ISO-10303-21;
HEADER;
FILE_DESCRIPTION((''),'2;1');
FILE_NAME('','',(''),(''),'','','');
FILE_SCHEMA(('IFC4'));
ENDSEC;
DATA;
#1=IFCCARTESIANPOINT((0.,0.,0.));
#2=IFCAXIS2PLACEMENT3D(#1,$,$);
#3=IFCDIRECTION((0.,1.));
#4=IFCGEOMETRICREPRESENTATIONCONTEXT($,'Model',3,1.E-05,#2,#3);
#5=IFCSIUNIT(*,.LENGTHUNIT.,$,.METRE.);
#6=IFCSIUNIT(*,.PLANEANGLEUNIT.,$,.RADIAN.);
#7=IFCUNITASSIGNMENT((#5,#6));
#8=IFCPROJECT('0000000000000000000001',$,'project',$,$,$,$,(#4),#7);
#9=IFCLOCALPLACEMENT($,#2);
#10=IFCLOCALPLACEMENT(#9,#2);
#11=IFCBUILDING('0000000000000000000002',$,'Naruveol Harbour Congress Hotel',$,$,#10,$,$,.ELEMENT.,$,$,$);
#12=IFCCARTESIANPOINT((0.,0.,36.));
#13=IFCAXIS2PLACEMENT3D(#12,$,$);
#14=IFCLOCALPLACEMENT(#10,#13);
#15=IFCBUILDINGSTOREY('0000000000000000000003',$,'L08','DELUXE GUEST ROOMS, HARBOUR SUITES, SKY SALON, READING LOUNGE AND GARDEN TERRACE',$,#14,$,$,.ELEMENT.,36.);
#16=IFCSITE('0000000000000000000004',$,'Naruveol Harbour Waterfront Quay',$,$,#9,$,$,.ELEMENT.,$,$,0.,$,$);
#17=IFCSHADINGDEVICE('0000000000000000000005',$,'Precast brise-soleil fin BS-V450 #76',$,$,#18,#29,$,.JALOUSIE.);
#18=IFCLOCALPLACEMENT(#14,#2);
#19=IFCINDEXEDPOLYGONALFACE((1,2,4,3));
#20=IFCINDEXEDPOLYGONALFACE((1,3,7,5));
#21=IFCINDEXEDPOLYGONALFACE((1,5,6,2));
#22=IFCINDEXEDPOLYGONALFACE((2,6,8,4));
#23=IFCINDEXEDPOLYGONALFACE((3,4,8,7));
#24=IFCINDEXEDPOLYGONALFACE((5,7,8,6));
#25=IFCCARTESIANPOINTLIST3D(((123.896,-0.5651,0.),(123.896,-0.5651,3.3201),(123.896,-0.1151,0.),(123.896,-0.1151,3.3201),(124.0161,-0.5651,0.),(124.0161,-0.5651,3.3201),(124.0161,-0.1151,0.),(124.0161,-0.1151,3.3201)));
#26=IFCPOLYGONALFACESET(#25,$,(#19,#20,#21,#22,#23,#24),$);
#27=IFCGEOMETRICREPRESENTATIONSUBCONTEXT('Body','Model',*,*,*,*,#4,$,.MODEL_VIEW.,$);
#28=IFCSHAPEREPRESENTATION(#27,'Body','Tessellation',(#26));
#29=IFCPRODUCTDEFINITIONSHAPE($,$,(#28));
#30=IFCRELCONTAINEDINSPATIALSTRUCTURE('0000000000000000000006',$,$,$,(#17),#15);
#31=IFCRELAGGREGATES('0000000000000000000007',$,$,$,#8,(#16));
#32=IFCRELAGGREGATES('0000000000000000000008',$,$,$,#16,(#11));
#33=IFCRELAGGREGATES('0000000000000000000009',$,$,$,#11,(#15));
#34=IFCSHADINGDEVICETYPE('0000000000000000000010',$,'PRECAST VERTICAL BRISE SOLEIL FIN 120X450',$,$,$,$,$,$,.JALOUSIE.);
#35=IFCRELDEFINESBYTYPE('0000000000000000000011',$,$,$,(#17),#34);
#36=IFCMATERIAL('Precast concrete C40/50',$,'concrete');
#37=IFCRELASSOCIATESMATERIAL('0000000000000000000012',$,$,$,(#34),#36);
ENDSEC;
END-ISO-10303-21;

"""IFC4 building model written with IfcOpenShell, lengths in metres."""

from ifc_helpers import new_model, si_unit, direction, frame, origin, origin_2d, place, context, subcontext, project, spatial, rectangle, extrude, material, type_object, element, save


model = new_model("IFC4")

# Units and contexts
model_context = context("Model", 3, precision=1e-05, world=origin(), true_north=direction((0.0, 1.0)))
body_context = subcontext(model_context, "Body", "Model", "MODEL_VIEW")
ifc_project = project(units=[si_unit("LENGTHUNIT", "METRE"), si_unit("PLANEANGLEUNIT", "RADIAN")], contexts=[model_context])

# Site, building, storey
site_placement = place(None, origin())
site = spatial("IfcSite", under=ifc_project, at=site_placement, Name="Naruveol Harbour Waterfront Quay", CompositionType="ELEMENT", RefElevation=0.0)
building_placement = place(site_placement, origin())
building = spatial("IfcBuilding", under=site, at=building_placement, Name="Naruveol Harbour Congress Hotel", CompositionType="ELEMENT")
storey_placement = place(building_placement, frame((0.0, 0.0, 36.0)))
storey = spatial("IfcBuildingStorey", under=building, at=storey_placement, Name="L08", Description="DELUXE GUEST ROOMS, HARBOUR SUITES, SKY SALON, READING LOUNGE AND GARDEN TERRACE", CompositionType="ELEMENT", Elevation=36.0)

# Shading device
ifc_material_1 = material(Name="Precast concrete C40/50", Category="concrete")
shading_device_type = type_object("IfcShadingDeviceType", Name="PRECAST VERTICAL BRISE SOLEIL FIN 120X450", PredefinedType="JALOUSIE", material=ifc_material_1)
shading_device_placement = place(storey_placement, frame((123.9561, -0.3401, 0.0), z_axis=(0.0, 0.0, 1.0), x_axis=(-1.0, 0.0, 0.0)))
element("IfcShadingDevice", 1, at=shading_device_placement, inside=storey, type_object=shading_device_type, Name="Precast brise-soleil fin BS-V450 #76", PredefinedType="JALOUSIE", context=body_context, shape_type="SweptSolid", body=[
    extrude(rectangle(XDim=0.1201, YDim=0.45, at=origin_2d()), origin(), (0.0, 0.0, 1.0), 3.3201),
])

save(model, "model.ifc")
